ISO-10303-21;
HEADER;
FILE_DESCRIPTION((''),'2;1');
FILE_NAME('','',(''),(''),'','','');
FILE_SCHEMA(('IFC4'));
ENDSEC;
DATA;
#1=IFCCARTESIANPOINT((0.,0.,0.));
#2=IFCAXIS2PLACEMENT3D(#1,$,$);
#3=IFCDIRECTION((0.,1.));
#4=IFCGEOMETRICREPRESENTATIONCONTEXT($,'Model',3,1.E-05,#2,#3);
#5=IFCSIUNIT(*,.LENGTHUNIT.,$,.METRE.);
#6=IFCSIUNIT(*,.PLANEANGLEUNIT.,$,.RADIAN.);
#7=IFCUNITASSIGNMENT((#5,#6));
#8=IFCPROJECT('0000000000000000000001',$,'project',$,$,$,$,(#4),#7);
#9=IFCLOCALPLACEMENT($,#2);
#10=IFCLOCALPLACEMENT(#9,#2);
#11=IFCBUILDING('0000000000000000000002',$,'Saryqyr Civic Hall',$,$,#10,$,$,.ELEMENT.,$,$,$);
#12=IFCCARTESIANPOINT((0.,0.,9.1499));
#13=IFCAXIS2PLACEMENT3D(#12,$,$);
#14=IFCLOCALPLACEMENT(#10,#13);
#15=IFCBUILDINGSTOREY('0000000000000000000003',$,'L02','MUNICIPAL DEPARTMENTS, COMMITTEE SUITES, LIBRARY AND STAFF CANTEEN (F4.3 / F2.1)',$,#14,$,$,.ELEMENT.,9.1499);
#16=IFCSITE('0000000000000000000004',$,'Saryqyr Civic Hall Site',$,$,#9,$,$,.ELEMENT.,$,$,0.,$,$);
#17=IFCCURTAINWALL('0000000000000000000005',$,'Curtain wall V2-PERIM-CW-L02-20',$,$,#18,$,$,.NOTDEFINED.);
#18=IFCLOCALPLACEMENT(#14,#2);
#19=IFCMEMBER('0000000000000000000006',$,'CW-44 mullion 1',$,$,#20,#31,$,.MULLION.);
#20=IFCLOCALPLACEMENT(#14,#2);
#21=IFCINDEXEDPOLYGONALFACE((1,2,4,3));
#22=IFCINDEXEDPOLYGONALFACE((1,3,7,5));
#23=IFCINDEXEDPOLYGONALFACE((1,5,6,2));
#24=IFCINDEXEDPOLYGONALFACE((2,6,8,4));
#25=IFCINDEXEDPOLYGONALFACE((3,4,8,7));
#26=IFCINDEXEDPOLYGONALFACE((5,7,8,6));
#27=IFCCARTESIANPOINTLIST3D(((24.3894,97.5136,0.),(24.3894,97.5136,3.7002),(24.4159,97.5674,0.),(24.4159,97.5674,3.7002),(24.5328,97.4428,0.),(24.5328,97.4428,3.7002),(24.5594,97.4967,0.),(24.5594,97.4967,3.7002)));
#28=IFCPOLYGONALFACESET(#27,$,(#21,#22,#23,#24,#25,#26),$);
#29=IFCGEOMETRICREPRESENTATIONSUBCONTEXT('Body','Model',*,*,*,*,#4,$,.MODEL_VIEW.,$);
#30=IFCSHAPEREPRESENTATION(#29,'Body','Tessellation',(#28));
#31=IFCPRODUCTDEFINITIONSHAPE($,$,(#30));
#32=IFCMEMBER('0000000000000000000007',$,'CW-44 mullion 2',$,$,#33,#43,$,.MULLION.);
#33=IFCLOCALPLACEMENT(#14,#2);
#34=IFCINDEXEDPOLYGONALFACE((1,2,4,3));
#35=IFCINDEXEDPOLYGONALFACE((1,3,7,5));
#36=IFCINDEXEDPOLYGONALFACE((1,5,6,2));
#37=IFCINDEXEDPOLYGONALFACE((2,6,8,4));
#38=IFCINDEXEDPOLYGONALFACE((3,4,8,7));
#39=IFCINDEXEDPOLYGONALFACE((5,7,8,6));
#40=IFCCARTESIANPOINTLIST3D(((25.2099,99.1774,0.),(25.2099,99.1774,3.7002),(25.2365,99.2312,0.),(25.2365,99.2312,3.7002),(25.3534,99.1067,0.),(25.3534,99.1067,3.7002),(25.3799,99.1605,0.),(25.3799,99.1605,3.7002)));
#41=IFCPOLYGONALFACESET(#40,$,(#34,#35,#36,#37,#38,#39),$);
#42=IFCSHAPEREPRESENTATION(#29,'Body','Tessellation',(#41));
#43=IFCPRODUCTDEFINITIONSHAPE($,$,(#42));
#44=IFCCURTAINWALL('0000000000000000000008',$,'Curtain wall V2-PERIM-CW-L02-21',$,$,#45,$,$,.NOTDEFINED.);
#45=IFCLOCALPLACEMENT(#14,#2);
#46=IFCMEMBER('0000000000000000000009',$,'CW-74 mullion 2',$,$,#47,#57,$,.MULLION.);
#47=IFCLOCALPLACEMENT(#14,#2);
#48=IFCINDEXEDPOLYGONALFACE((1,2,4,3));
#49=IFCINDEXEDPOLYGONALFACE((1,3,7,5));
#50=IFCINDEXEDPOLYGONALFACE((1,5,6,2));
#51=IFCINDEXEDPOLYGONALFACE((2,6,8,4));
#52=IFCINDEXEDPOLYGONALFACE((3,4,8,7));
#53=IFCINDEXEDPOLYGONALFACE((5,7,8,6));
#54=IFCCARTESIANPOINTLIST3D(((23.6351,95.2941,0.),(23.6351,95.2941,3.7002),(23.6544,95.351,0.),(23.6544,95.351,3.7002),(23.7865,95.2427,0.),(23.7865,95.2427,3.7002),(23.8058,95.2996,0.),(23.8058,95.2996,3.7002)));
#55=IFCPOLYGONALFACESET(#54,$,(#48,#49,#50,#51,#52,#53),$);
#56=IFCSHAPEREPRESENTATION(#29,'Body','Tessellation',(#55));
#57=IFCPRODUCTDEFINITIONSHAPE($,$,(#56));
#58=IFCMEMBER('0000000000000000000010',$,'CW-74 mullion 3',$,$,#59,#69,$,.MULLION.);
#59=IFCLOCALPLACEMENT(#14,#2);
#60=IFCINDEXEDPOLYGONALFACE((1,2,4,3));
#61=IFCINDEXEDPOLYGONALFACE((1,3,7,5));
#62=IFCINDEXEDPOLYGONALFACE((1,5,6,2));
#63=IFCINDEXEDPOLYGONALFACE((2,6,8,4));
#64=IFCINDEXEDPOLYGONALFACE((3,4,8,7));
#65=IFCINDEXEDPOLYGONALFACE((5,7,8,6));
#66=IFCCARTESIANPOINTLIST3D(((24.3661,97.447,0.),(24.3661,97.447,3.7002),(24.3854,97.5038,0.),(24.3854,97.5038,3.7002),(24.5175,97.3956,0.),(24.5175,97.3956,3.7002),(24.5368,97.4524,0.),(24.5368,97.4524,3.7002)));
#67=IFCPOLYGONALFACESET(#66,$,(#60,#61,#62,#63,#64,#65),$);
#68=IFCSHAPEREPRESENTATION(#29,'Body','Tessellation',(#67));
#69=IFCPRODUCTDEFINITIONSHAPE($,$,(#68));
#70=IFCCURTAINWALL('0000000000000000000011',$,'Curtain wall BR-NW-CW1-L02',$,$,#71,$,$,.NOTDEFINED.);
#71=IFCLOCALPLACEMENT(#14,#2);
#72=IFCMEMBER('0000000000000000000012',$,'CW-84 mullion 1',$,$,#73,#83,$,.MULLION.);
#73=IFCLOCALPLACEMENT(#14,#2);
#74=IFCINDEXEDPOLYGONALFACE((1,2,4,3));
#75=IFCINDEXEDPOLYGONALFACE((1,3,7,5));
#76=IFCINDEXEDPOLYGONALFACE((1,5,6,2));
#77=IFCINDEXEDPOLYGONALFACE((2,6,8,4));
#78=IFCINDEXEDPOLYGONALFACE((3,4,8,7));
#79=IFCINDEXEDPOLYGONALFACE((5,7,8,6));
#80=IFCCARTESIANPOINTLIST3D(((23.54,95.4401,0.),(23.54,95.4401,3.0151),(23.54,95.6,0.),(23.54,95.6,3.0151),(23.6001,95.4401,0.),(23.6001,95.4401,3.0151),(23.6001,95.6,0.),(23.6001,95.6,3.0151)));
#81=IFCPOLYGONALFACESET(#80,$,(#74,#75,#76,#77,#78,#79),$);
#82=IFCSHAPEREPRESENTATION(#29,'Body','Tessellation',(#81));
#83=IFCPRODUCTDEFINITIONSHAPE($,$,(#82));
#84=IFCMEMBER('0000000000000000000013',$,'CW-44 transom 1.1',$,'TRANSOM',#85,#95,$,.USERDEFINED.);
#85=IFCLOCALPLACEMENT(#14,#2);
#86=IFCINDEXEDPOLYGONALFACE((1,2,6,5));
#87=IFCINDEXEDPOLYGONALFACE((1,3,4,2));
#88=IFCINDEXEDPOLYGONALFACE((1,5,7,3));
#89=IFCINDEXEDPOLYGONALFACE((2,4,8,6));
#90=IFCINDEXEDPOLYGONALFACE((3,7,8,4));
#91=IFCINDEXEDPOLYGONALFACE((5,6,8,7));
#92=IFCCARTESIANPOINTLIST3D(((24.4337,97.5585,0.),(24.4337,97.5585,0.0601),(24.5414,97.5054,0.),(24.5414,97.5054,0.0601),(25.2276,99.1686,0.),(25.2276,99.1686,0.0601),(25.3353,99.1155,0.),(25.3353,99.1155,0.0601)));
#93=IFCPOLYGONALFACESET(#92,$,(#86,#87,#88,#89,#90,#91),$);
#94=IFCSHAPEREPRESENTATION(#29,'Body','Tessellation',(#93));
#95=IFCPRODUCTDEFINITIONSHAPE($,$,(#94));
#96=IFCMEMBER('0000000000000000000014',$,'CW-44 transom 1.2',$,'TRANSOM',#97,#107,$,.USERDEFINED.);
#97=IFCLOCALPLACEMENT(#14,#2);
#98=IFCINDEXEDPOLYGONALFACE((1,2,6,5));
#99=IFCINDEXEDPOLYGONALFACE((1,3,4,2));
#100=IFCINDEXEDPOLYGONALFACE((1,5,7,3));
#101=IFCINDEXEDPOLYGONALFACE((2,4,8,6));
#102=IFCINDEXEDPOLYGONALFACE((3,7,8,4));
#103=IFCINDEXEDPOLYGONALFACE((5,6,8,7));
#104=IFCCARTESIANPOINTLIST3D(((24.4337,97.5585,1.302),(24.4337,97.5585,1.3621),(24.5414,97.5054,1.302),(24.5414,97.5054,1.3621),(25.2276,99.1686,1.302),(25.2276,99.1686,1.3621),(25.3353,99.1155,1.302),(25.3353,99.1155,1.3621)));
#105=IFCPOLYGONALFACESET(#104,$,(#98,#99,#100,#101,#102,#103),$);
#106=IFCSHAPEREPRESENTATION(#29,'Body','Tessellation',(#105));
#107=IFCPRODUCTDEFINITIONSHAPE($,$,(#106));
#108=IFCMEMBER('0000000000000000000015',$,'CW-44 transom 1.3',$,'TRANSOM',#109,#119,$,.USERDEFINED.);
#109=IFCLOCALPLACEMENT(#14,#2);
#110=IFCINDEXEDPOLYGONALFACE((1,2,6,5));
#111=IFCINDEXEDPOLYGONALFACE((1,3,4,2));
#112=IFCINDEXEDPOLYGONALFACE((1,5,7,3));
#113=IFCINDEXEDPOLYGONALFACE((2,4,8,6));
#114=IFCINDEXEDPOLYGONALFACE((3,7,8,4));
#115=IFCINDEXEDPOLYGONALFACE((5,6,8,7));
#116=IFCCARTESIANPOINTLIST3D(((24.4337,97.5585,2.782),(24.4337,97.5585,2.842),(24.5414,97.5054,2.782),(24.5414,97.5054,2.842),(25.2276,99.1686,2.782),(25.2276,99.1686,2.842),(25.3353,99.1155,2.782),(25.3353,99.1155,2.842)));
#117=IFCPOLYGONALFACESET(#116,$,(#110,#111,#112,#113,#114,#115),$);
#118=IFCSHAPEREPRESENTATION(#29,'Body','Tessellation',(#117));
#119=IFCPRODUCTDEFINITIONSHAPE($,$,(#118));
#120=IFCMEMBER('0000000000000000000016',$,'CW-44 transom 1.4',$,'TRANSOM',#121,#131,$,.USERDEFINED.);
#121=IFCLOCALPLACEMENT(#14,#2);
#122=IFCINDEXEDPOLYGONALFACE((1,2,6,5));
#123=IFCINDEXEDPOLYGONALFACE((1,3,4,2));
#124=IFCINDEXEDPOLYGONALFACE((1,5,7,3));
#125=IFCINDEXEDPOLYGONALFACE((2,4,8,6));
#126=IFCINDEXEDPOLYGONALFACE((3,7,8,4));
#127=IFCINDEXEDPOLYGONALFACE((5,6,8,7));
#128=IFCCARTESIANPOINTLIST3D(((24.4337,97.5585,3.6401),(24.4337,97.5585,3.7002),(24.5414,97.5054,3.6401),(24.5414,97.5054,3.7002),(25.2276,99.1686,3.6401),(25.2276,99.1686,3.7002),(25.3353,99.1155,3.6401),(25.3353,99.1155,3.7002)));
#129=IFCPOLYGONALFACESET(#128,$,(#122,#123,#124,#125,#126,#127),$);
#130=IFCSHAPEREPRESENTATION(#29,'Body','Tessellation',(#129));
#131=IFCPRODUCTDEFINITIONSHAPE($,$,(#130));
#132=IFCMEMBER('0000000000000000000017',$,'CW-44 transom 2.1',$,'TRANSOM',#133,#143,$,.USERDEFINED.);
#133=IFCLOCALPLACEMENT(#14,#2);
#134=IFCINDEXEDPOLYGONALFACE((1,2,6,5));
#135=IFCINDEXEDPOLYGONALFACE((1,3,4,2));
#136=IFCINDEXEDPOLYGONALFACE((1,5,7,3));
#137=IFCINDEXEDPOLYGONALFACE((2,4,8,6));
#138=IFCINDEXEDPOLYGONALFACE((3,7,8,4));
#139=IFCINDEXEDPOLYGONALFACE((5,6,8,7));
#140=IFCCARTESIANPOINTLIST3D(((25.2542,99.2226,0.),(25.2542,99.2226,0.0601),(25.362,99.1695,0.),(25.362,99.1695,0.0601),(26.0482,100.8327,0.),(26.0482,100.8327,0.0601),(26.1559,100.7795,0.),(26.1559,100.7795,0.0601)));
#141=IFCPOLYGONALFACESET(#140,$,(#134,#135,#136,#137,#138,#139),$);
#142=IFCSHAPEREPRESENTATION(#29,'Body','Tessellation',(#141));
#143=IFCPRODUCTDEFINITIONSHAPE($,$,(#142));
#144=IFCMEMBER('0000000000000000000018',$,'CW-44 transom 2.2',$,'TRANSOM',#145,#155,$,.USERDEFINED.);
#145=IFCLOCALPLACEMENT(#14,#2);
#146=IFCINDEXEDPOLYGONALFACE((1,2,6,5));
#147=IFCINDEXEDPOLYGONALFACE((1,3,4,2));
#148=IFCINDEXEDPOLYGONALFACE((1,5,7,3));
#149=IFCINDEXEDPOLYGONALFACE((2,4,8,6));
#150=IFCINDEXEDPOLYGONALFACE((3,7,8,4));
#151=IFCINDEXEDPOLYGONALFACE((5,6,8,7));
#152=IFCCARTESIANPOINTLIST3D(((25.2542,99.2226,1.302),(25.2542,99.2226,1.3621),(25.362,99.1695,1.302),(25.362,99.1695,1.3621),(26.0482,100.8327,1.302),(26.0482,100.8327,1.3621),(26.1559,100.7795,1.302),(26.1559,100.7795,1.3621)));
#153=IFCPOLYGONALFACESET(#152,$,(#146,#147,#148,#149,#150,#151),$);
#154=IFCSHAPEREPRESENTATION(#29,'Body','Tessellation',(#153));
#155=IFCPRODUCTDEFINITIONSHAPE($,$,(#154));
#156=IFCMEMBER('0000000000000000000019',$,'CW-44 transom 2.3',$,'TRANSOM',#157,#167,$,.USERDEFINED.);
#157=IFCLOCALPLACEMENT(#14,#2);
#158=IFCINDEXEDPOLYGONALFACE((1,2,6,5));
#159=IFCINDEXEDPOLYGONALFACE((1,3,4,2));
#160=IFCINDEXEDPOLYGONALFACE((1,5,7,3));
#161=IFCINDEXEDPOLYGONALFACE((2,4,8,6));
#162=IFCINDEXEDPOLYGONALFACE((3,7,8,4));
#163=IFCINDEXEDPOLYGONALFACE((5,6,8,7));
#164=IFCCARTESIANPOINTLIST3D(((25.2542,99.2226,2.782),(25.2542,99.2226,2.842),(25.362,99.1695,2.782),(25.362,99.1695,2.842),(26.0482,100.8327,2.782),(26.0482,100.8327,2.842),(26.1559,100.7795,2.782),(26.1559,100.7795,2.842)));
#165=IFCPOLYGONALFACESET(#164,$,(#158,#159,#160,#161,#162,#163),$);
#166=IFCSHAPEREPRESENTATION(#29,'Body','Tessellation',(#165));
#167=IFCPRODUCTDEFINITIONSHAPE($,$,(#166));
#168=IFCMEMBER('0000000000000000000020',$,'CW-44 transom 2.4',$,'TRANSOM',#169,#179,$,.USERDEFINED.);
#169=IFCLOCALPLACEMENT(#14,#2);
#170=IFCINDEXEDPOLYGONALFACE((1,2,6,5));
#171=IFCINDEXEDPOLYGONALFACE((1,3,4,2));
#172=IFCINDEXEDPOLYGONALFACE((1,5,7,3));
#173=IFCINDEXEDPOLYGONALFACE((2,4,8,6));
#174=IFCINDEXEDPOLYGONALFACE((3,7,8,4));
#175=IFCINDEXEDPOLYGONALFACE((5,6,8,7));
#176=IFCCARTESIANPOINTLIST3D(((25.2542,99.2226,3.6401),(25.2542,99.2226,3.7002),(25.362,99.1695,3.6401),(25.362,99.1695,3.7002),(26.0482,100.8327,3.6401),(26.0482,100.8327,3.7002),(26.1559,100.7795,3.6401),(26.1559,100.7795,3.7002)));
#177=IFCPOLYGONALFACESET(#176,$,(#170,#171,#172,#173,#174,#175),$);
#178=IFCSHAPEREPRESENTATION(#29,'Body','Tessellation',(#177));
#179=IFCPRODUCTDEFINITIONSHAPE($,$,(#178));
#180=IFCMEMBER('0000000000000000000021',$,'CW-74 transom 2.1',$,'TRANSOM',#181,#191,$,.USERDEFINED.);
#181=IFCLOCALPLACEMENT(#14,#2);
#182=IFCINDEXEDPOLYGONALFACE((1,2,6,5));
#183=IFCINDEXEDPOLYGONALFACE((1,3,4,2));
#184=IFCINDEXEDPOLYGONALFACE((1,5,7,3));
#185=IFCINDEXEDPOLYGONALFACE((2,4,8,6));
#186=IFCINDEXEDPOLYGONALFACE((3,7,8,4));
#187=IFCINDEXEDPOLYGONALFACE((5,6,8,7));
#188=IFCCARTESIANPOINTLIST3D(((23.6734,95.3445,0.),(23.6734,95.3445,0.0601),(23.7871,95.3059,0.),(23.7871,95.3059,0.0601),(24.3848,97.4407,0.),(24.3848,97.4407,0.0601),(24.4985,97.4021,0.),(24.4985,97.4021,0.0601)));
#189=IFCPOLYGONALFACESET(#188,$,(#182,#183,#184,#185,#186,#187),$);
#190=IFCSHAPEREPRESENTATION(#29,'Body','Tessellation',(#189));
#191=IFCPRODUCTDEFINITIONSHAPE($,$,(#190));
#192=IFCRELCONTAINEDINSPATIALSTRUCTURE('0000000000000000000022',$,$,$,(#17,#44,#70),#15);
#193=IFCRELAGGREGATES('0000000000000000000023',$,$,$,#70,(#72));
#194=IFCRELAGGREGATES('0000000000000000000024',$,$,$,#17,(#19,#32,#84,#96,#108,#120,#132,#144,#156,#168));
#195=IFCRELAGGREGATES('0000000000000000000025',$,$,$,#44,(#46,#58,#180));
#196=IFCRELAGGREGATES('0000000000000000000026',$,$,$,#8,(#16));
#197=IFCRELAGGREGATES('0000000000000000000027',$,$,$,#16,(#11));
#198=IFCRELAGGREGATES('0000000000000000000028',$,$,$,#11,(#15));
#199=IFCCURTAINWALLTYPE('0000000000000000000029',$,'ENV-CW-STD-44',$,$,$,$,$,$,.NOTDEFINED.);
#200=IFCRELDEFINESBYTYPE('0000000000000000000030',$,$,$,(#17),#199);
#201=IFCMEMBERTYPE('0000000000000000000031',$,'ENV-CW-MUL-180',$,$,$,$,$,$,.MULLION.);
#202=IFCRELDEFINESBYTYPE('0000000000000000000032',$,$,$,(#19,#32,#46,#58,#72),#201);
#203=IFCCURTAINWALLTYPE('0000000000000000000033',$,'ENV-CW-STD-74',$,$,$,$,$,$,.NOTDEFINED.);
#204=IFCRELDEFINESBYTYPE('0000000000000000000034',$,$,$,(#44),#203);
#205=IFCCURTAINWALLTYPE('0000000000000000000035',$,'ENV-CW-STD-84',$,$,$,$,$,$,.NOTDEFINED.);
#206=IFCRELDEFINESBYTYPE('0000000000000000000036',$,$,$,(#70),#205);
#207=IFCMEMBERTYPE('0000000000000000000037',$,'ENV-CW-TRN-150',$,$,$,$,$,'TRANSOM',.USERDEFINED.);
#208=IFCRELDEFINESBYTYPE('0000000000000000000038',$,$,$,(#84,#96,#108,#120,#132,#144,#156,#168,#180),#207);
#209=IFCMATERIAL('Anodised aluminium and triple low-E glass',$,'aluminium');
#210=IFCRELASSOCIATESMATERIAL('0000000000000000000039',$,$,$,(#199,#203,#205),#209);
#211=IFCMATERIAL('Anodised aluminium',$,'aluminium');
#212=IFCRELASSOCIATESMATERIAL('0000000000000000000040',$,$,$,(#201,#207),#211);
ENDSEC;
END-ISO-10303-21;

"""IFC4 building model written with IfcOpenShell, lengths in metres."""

from ifc_helpers import new_model, si_unit, direction, frame, origin, origin_2d, place, context, subcontext, project, spatial, rectangle, extrude, material, material_profile, profile_set, type_object, element, aggregate, save


model = new_model("IFC4")

# Units and contexts
model_context = context("Model", 3, precision=1e-05, world=origin(), true_north=direction((0.0, 1.0)))
body_context = subcontext(model_context, "Body", "Model", "MODEL_VIEW")
ifc_project = project(units=[si_unit("LENGTHUNIT", "METRE"), si_unit("PLANEANGLEUNIT", "RADIAN")], contexts=[model_context])

# Site, building, storey
site_placement = place(None, origin())
site = spatial("IfcSite", under=ifc_project, at=site_placement, Name="Saryqyr Civic Hall Site", CompositionType="ELEMENT", RefElevation=0.0)
building_placement = place(site_placement, origin())
building = spatial("IfcBuilding", under=site, at=building_placement, Name="Saryqyr Civic Hall", CompositionType="ELEMENT")
storey_placement = place(building_placement, frame((0.0, 0.0, 9.1499)))
storey = spatial("IfcBuildingStorey", under=building, at=storey_placement, Name="L02", Description="MUNICIPAL DEPARTMENTS, COMMITTEE SUITES, LIBRARY AND STAFF CANTEEN (F4.3 / F2.1)", CompositionType="ELEMENT", Elevation=9.1499)

# Curtain walls, members
ifc_material_1 = material(Name="Anodised aluminium and triple low-E glass", Category="aluminium")
curtain_wall_type_1 = type_object("IfcCurtainWallType", Name="ENV-CW-STD-44", PredefinedType="NOTDEFINED", material=ifc_material_1)
curtain_wall_1_placement = place(storey_placement, origin())
curtain_wall_1 = element("IfcCurtainWall", 1, at=curtain_wall_1_placement, inside=storey, type_object=curtain_wall_type_1, Name="Curtain wall V2-PERIM-CW-L02-20", PredefinedType="NOTDEFINED")
ifc_material_2 = material(Name="Anodised aluminium", Category="aluminium")
ifc_material_profile_1 = material_profile(ifc_material_2, rectangle(XDim=0.0601, YDim=0.1599, at=origin_2d()), Name="ALU MULLION 60x160")
ifc_profile_set_1 = profile_set([ifc_material_profile_1], Name="Anodised aluminium")
member_type_1 = type_object("IfcMemberType", Name="ENV-CW-MUL-180", PredefinedType="MULLION", material=ifc_profile_set_1)
member_1_placement = place(storey_placement, frame((24.4744, 97.5051, 0.0), z_axis=(0.0, 0.0, 1.0), x_axis=(0.442274, 0.89688, 0.0)))
member_1 = element("IfcMember", 2, at=member_1_placement, type_object=member_type_1, Name="CW-44 mullion 1", PredefinedType="MULLION", context=body_context, shape_type="SweptSolid", body=[
    extrude(rectangle(XDim=0.0601, YDim=0.1599, at=origin_2d()), origin(), (0.0, 0.0, 1.0), 3.7002),
])
member_2_placement = place(storey_placement, frame((25.2949, 99.1689, 0.0), z_axis=(0.0, 0.0, 1.0), x_axis=(0.442274, 0.89688, 0.0)))
member_2 = element("IfcMember", 3, at=member_2_placement, type_object=member_type_1, Name="CW-44 mullion 2", PredefinedType="MULLION", context=body_context, shape_type="SweptSolid", body=[
    extrude(rectangle(XDim=0.0601, YDim=0.1599, at=origin_2d()), origin(), (0.0, 0.0, 1.0), 3.7002),
])
curtain_wall_type_2 = type_object("IfcCurtainWallType", Name="ENV-CW-STD-74", PredefinedType="NOTDEFINED", material=ifc_material_1)
curtain_wall_2_placement = place(storey_placement, origin())
curtain_wall_2 = element("IfcCurtainWall", 4, at=curtain_wall_2_placement, inside=storey, type_object=curtain_wall_type_2, Name="Curtain wall V2-PERIM-CW-L02-21", PredefinedType="NOTDEFINED")
member_3_placement = place(storey_placement, frame((23.7205, 95.2969, 0.0), z_axis=(0.0, 0.0, 1.0), x_axis=(0.321445, 0.946928, 0.0)))
member_3 = element("IfcMember", 5, at=member_3_placement, type_object=member_type_1, Name="CW-74 mullion 2", PredefinedType="MULLION", context=body_context, shape_type="SweptSolid", body=[
    extrude(rectangle(XDim=0.0601, YDim=0.1599, at=origin_2d()), origin(), (0.0, 0.0, 1.0), 3.7002),
])
member_4_placement = place(storey_placement, frame((24.4514, 97.4497, 0.0), z_axis=(0.0, 0.0, 1.0), x_axis=(0.321445, 0.946928, 0.0)))
member_4 = element("IfcMember", 6, at=member_4_placement, type_object=member_type_1, Name="CW-74 mullion 3", PredefinedType="MULLION", context=body_context, shape_type="SweptSolid", body=[
    extrude(rectangle(XDim=0.0601, YDim=0.1599, at=origin_2d()), origin(), (0.0, 0.0, 1.0), 3.7002),
])

# Curtain wall, member
curtain_wall_type_3 = type_object("IfcCurtainWallType", Name="ENV-CW-STD-84", PredefinedType="NOTDEFINED", material=ifc_material_1)
curtain_wall_3_placement = place(storey_placement, origin())
curtain_wall_3 = element("IfcCurtainWall", 7, at=curtain_wall_3_placement, inside=storey, type_object=curtain_wall_type_3, Name="Curtain wall BR-NW-CW1-L02", PredefinedType="NOTDEFINED")
member_5_placement = place(storey_placement, frame((23.5701, 95.52, 0.0), z_axis=(0.0, 0.0, 1.0), x_axis=(-1.0, 0.0, 0.0)))
member_5 = element("IfcMember", 8, at=member_5_placement, type_object=member_type_1, Name="CW-84 mullion 1", PredefinedType="MULLION", context=body_context, shape_type="SweptSolid", body=[
    extrude(rectangle(XDim=0.0601, YDim=0.1599, at=origin_2d()), origin(), (0.0, 0.0, 1.0), 3.0151),
])

# Members
ifc_material_profile_2 = material_profile(ifc_material_2, rectangle(XDim=0.1201, YDim=0.0601, at=origin_2d()), Name="ALU TRANSOM 120x60")
ifc_profile_set_2 = profile_set([ifc_material_profile_2], Name="Anodised aluminium")
member_type_2 = type_object("IfcMemberType", Name="ENV-CW-TRN-150", ElementType="TRANSOM", PredefinedType="USERDEFINED", material=ifc_profile_set_2)
member_6_placement = place(storey_placement, frame((24.4875, 97.532, 0.03), z_axis=(0.442257, 0.896889, 0.0), x_axis=(-0.896889, 0.442257, 0.0)))
member_6 = element("IfcMember", 9, at=member_6_placement, type_object=member_type_2, Name="CW-44 transom 1.1", ObjectType="TRANSOM", PredefinedType="USERDEFINED", context=body_context, shape_type="SweptSolid", body=[
    extrude(rectangle(XDim=0.1201, YDim=0.0601, at=origin_2d()), origin(), (0.0, 0.0, 1.0), 1.7952),
])
member_7_placement = place(storey_placement, frame((24.4875, 97.532, 1.332), z_axis=(0.442257, 0.896889, 0.0), x_axis=(-0.896889, 0.442257, 0.0)))
member_7 = element("IfcMember", 10, at=member_7_placement, type_object=member_type_2, Name="CW-44 transom 1.2", ObjectType="TRANSOM", PredefinedType="USERDEFINED", context=body_context, shape_type="SweptSolid", body=[
    extrude(rectangle(XDim=0.1201, YDim=0.0601, at=origin_2d()), origin(), (0.0, 0.0, 1.0), 1.7952),
])
member_8_placement = place(storey_placement, frame((24.4875, 97.532, 2.812), z_axis=(0.442257, 0.896889, 0.0), x_axis=(-0.896889, 0.442257, 0.0)))
member_8 = element("IfcMember", 11, at=member_8_placement, type_object=member_type_2, Name="CW-44 transom 1.3", ObjectType="TRANSOM", PredefinedType="USERDEFINED", context=body_context, shape_type="SweptSolid", body=[
    extrude(rectangle(XDim=0.1201, YDim=0.0601, at=origin_2d()), origin(), (0.0, 0.0, 1.0), 1.7952),
])
member_9_placement = place(storey_placement, frame((24.4875, 97.532, 3.6702), z_axis=(0.442257, 0.896889, 0.0), x_axis=(-0.896889, 0.442257, 0.0)))
member_9 = element("IfcMember", 12, at=member_9_placement, type_object=member_type_2, Name="CW-44 transom 1.4", ObjectType="TRANSOM", PredefinedType="USERDEFINED", context=body_context, shape_type="SweptSolid", body=[
    extrude(rectangle(XDim=0.1201, YDim=0.0601, at=origin_2d()), origin(), (0.0, 0.0, 1.0), 1.7952),
])
member_10_placement = place(storey_placement, frame((25.3081, 99.196, 0.03), z_axis=(0.442257, 0.896889, 0.0), x_axis=(-0.896889, 0.442257, 0.0)))
member_10 = element("IfcMember", 13, at=member_10_placement, type_object=member_type_2, Name="CW-44 transom 2.1", ObjectType="TRANSOM", PredefinedType="USERDEFINED", context=body_context, shape_type="SweptSolid", body=[
    extrude(rectangle(XDim=0.1201, YDim=0.0601, at=origin_2d()), origin(), (0.0, 0.0, 1.0), 1.7952),
])
member_11_placement = place(storey_placement, frame((25.3081, 99.196, 1.332), z_axis=(0.442257, 0.896889, 0.0), x_axis=(-0.896889, 0.442257, 0.0)))
member_11 = element("IfcMember", 14, at=member_11_placement, type_object=member_type_2, Name="CW-44 transom 2.2", ObjectType="TRANSOM", PredefinedType="USERDEFINED", context=body_context, shape_type="SweptSolid", body=[
    extrude(rectangle(XDim=0.1201, YDim=0.0601, at=origin_2d()), origin(), (0.0, 0.0, 1.0), 1.7952),
])
member_12_placement = place(storey_placement, frame((25.3081, 99.196, 2.812), z_axis=(0.442257, 0.896889, 0.0), x_axis=(-0.896889, 0.442257, 0.0)))
member_12 = element("IfcMember", 15, at=member_12_placement, type_object=member_type_2, Name="CW-44 transom 2.3", ObjectType="TRANSOM", PredefinedType="USERDEFINED", context=body_context, shape_type="SweptSolid", body=[
    extrude(rectangle(XDim=0.1201, YDim=0.0601, at=origin_2d()), origin(), (0.0, 0.0, 1.0), 1.7952),
])
member_13_placement = place(storey_placement, frame((25.3081, 99.196, 3.6702), z_axis=(0.442257, 0.896889, 0.0), x_axis=(-0.896889, 0.442257, 0.0)))
member_13 = element("IfcMember", 16, at=member_13_placement, type_object=member_type_2, Name="CW-44 transom 2.4", ObjectType="TRANSOM", PredefinedType="USERDEFINED", context=body_context, shape_type="SweptSolid", body=[
    extrude(rectangle(XDim=0.1201, YDim=0.0601, at=origin_2d()), origin(), (0.0, 0.0, 1.0), 1.7952),
])
member_14_placement = place(storey_placement, frame((23.7302, 95.3252, 0.03), z_axis=(0.321385, 0.946949, 0.0), x_axis=(-0.946949, 0.321385, 0.0)))
member_14 = element("IfcMember", 17, at=member_14_placement, type_object=member_type_2, Name="CW-74 transom 2.1", ObjectType="TRANSOM", PredefinedType="USERDEFINED", context=body_context, shape_type="SweptSolid", body=[
    extrude(rectangle(XDim=0.1201, YDim=0.0601, at=origin_2d()), origin(), (0.0, 0.0, 1.0), 2.2136),
])
aggregate(curtain_wall_3, [member_5])

aggregate(curtain_wall_1, [member_1, member_2, member_6, member_7, member_8, member_9, member_10, member_11, member_12, member_13])
aggregate(curtain_wall_2, [member_3, member_4, member_14])

save(model, "model.ifc")
